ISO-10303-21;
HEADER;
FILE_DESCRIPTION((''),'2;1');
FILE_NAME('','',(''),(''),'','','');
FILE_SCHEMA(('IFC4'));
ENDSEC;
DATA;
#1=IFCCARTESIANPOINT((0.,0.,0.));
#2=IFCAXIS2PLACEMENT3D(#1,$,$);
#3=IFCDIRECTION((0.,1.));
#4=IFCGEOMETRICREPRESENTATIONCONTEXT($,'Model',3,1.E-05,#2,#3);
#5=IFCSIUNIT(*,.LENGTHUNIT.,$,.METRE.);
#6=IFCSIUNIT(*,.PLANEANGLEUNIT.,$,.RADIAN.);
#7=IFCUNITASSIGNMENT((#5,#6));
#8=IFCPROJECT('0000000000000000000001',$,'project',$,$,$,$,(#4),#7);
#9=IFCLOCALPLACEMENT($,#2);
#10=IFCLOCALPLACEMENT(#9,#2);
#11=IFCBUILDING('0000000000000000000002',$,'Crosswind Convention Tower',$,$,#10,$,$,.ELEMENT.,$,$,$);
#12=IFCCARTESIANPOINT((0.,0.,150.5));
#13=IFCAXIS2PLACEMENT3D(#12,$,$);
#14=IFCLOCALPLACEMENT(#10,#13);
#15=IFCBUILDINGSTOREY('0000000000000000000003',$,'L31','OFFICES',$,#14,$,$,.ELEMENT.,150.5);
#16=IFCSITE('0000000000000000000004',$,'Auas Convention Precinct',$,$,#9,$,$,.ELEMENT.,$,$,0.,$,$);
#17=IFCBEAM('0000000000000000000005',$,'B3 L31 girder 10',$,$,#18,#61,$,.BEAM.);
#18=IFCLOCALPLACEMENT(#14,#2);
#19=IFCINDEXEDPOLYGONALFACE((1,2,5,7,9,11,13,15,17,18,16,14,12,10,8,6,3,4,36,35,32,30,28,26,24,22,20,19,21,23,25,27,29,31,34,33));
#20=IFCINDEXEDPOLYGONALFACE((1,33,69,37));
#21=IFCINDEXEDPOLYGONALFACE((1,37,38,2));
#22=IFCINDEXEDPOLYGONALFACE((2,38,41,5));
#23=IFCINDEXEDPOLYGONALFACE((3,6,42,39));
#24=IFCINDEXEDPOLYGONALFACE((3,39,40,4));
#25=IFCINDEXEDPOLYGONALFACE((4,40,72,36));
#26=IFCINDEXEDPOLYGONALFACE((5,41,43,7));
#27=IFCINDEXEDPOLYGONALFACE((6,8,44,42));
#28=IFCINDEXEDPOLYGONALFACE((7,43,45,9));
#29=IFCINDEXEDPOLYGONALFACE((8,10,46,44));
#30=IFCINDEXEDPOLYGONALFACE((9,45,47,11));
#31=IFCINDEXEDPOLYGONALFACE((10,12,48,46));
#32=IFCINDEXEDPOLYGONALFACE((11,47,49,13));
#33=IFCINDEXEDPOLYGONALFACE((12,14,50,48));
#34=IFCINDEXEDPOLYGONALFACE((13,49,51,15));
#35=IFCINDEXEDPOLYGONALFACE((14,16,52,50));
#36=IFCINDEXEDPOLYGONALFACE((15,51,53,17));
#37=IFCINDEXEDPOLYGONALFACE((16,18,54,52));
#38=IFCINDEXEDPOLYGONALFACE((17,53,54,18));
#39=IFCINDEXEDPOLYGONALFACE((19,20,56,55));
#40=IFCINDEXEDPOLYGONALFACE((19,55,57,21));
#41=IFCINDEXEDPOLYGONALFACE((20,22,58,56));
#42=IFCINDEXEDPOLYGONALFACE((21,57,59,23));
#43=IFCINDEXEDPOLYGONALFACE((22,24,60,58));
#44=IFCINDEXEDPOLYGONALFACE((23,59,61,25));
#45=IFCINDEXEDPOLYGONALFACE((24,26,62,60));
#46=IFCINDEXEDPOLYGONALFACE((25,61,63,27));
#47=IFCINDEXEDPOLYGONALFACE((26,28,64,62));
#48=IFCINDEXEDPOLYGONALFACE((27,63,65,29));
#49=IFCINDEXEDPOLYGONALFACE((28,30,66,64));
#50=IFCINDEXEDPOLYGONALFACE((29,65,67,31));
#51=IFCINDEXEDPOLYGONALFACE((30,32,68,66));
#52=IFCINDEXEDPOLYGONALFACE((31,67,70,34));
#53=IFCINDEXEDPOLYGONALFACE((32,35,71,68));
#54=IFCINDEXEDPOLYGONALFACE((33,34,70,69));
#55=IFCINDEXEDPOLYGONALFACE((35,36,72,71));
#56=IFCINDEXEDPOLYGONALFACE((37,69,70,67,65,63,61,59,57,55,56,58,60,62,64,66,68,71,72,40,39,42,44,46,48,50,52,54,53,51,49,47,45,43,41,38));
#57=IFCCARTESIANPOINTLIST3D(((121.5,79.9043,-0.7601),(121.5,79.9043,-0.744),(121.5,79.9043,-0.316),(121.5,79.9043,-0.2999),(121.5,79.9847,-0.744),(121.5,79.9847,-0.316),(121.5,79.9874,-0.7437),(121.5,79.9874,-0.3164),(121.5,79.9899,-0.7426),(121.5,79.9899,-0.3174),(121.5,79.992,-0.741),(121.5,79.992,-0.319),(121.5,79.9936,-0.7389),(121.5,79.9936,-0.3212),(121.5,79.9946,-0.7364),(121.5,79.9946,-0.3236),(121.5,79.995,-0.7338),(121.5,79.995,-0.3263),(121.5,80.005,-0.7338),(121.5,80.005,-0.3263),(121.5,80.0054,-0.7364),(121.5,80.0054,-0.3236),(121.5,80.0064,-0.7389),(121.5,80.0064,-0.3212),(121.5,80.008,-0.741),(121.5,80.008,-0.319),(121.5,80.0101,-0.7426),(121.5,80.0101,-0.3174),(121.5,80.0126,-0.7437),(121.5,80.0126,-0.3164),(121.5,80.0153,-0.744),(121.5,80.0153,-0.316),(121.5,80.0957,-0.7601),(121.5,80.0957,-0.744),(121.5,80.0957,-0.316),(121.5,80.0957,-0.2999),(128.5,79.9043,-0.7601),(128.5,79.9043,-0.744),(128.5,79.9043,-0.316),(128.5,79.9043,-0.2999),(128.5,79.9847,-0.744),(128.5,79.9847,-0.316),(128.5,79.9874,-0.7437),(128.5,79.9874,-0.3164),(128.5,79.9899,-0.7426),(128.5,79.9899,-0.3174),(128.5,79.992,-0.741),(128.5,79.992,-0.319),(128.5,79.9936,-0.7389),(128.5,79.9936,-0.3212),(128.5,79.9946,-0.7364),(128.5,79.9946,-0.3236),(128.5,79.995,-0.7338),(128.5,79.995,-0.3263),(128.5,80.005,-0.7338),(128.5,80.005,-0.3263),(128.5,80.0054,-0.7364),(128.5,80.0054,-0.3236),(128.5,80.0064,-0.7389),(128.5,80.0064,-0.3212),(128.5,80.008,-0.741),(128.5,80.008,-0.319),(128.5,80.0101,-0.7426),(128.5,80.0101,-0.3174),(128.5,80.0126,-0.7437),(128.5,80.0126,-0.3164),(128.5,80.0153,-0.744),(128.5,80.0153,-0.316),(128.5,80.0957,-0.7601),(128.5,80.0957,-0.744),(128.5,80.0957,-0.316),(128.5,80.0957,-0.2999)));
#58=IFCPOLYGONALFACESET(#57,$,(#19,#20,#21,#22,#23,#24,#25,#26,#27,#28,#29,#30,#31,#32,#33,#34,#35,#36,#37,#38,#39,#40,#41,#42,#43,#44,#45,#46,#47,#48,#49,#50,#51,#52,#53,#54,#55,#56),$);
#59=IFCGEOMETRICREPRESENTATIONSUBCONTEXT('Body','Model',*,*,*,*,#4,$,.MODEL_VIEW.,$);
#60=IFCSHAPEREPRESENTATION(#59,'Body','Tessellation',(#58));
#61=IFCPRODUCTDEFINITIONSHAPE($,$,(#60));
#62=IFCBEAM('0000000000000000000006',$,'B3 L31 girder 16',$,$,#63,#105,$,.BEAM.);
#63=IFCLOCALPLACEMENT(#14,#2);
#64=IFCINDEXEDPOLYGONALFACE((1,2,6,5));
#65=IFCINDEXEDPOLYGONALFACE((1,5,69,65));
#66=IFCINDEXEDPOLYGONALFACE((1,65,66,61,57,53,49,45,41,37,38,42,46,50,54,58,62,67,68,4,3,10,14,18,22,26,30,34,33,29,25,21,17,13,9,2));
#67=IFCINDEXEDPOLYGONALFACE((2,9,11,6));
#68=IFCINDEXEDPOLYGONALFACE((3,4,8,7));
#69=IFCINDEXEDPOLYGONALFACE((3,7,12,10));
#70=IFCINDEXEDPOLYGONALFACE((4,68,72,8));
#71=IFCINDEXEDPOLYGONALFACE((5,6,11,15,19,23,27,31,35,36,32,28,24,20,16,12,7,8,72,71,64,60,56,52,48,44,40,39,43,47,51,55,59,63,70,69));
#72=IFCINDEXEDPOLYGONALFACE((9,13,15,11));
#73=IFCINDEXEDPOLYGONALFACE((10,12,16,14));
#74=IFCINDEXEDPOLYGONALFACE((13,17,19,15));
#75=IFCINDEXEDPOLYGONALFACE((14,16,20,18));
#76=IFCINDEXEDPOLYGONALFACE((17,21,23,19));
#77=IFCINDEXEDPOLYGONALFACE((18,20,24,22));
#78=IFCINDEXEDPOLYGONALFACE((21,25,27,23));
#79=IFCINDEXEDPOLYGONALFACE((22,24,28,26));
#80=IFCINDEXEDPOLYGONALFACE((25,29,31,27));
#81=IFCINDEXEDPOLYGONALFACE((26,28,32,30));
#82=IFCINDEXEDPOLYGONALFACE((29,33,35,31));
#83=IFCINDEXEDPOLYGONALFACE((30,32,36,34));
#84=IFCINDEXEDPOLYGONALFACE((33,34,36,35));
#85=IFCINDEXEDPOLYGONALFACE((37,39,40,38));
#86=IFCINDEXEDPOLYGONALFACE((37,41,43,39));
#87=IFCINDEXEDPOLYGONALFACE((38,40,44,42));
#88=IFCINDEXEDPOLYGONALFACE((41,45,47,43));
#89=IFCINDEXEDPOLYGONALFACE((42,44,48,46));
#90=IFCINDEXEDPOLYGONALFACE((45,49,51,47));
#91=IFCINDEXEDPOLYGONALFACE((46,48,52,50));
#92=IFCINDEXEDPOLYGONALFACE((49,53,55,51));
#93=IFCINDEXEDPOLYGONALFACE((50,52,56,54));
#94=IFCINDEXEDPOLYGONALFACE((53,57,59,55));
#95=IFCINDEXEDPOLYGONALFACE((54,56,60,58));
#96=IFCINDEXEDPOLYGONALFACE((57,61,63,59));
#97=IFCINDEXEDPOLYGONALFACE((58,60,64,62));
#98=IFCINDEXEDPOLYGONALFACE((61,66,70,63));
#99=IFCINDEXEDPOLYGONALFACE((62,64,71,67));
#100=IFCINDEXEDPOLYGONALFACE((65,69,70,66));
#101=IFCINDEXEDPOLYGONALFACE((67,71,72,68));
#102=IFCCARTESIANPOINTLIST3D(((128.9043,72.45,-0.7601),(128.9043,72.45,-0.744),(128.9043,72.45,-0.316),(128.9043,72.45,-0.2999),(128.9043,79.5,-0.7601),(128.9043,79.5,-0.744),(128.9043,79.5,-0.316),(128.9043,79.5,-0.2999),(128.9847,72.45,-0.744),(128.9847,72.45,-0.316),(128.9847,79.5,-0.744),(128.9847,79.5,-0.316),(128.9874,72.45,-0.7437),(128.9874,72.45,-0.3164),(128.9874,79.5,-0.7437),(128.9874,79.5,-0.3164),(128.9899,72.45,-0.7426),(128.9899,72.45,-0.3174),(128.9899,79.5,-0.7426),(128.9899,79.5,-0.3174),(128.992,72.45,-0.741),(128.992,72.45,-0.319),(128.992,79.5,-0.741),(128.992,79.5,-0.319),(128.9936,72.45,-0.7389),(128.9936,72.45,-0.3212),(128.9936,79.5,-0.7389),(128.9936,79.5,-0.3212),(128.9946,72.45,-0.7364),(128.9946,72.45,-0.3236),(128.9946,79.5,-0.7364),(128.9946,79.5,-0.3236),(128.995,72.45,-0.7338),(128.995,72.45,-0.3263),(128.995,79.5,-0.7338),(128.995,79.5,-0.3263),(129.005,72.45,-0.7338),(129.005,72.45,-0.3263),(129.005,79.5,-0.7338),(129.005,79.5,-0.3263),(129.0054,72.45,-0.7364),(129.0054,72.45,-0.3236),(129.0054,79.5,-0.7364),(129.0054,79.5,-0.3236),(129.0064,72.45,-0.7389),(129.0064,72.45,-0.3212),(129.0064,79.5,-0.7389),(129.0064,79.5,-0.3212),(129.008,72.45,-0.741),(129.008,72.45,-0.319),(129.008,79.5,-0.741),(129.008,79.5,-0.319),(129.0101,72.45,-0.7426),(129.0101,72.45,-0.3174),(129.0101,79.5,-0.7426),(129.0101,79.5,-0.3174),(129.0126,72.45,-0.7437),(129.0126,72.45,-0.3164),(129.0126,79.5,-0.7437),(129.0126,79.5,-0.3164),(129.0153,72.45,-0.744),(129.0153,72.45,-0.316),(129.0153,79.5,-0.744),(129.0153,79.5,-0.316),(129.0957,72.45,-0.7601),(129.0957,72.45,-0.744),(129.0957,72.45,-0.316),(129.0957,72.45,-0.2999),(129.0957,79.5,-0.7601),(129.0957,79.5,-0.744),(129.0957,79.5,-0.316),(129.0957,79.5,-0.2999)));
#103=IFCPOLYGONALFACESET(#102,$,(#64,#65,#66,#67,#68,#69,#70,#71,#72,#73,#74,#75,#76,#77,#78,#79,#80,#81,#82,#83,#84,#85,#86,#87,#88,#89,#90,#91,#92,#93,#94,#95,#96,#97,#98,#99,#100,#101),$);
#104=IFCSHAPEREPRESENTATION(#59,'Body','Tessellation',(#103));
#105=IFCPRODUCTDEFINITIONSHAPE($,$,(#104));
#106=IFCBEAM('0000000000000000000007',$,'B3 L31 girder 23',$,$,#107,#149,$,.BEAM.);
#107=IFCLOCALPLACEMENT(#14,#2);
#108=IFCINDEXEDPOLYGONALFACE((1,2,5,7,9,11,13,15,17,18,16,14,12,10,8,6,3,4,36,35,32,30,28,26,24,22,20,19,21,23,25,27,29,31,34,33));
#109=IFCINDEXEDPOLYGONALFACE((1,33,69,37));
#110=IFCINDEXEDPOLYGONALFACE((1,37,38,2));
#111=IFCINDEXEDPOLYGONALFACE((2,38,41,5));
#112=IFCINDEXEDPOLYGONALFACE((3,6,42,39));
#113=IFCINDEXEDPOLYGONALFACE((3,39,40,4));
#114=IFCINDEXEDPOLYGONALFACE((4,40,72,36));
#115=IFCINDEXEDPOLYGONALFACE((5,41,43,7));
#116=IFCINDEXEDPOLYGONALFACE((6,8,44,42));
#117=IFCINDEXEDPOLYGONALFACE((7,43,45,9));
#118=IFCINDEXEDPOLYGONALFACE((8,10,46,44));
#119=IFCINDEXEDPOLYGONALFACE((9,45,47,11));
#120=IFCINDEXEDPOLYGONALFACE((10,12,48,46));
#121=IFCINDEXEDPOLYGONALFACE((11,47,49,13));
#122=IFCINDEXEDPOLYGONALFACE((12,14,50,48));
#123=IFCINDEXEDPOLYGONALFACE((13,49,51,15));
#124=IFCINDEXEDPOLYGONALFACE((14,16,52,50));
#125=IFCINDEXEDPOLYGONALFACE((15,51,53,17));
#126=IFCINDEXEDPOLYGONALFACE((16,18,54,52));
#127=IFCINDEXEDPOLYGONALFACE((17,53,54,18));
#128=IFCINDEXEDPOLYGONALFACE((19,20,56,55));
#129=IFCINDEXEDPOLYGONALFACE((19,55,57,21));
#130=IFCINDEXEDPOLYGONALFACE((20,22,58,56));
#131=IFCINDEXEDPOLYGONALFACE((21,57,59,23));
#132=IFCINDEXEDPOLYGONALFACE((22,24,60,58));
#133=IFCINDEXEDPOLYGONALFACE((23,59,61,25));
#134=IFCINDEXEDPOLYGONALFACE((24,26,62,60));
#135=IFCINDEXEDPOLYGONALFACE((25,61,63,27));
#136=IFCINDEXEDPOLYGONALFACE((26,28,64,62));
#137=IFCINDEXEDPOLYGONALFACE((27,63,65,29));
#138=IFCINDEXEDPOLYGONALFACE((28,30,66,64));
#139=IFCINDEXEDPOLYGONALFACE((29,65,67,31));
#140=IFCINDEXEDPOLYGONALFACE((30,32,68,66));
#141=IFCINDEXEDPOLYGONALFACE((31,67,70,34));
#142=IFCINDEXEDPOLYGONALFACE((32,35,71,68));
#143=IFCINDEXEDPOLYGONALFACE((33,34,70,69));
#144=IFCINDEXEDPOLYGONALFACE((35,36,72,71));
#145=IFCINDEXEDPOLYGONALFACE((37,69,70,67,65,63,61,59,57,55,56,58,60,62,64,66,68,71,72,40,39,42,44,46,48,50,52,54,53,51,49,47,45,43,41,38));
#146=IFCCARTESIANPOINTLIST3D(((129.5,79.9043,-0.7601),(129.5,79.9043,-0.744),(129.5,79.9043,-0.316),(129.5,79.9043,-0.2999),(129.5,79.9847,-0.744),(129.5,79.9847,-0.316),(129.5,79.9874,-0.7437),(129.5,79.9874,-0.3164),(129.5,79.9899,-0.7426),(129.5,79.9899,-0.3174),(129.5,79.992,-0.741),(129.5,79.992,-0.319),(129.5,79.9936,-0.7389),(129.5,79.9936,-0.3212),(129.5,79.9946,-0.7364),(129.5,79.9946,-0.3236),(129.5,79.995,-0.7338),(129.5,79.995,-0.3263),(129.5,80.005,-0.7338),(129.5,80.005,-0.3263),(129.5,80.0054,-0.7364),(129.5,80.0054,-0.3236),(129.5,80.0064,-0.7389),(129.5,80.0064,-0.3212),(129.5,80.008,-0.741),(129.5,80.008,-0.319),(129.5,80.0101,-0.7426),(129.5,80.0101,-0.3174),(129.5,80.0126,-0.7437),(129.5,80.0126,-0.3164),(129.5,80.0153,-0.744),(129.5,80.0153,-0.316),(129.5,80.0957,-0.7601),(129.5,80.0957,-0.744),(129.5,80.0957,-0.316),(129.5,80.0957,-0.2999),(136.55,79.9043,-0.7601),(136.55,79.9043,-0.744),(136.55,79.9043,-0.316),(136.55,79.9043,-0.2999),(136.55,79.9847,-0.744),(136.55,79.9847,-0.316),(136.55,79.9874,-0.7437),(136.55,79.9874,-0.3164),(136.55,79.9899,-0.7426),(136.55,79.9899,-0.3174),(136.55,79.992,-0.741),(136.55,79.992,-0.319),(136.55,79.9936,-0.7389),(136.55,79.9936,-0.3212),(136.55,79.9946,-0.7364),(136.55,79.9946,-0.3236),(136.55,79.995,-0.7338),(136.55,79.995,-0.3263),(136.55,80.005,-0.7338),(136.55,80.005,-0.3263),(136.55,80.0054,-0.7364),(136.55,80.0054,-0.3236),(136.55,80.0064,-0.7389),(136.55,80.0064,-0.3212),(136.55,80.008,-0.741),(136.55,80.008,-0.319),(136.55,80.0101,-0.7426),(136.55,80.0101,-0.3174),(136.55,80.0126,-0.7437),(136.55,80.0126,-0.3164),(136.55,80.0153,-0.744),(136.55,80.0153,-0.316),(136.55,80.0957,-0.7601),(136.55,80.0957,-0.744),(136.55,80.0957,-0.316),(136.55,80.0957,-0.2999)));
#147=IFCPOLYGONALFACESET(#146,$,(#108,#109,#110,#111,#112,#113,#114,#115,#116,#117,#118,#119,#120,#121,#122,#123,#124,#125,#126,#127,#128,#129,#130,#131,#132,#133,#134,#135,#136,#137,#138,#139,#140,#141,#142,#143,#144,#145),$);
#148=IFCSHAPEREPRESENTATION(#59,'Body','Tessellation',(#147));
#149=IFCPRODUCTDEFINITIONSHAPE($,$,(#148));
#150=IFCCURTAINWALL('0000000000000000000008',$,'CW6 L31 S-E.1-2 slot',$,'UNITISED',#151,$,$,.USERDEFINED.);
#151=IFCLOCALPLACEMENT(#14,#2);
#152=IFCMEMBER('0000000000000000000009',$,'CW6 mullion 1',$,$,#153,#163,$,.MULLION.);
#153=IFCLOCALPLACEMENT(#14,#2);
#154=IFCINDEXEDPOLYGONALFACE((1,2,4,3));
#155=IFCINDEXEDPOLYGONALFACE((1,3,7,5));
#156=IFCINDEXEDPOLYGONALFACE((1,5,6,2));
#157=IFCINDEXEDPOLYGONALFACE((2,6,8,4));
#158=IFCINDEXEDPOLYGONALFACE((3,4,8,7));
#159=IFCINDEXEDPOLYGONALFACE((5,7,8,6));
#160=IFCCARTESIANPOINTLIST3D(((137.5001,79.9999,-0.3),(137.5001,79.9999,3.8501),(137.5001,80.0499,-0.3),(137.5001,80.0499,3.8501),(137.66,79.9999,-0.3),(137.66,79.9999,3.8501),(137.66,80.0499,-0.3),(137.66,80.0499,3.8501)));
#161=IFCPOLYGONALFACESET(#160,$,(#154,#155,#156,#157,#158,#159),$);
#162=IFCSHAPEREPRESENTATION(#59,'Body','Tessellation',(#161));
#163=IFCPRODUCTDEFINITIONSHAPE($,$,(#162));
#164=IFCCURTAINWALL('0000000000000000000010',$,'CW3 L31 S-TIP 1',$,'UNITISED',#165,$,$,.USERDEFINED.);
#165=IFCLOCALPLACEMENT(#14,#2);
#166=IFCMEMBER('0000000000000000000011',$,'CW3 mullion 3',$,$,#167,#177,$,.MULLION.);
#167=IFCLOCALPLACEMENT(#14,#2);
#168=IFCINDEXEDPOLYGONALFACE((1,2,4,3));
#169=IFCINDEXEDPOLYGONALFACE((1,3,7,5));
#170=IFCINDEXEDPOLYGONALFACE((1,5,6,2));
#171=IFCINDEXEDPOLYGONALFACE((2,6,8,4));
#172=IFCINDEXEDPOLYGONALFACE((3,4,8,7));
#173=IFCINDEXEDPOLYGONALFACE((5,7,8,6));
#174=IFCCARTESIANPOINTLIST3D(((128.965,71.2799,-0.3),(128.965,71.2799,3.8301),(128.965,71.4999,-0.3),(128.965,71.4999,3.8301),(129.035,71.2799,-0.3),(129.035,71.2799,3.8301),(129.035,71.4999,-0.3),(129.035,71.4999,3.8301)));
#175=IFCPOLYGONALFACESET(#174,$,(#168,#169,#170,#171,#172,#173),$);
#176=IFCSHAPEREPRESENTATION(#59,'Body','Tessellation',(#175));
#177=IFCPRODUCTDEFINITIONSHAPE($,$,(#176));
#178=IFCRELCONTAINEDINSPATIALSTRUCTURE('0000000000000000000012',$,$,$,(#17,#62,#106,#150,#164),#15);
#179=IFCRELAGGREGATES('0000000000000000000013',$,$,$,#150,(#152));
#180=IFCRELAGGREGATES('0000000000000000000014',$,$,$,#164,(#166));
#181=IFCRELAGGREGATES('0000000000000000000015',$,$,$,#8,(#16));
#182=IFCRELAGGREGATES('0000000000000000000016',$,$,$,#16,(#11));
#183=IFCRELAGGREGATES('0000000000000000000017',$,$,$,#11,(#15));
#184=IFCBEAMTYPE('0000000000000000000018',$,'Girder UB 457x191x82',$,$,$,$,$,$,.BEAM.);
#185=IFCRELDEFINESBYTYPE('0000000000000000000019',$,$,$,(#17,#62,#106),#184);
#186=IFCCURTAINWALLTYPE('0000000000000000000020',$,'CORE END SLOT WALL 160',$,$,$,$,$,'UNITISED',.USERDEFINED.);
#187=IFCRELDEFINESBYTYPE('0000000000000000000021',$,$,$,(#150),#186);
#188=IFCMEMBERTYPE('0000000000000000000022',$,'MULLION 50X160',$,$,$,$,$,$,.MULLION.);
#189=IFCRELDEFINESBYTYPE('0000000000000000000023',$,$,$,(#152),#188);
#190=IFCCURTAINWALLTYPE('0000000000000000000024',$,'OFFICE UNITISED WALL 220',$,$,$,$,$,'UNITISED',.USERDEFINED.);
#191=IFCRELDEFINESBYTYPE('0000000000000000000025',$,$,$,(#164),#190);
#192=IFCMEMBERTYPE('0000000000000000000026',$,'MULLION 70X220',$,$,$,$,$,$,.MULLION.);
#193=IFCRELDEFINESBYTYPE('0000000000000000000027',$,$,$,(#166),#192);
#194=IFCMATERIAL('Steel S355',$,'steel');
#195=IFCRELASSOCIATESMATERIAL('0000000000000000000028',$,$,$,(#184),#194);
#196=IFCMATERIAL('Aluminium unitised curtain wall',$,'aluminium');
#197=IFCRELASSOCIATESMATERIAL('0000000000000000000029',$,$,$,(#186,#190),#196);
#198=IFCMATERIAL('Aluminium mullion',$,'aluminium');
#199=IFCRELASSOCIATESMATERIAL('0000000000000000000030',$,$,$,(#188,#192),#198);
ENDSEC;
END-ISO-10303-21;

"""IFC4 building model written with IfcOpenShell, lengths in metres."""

from ifc_helpers import new_model, si_unit, direction, frame, origin, origin_2d, place, context, subcontext, project, spatial, rectangle, i_section, extrude, material, material_profile, profile_set, type_object, element, aggregate, save


model = new_model("IFC4")

# Units and contexts
model_context = context("Model", 3, precision=1e-05, world=origin(), true_north=direction((0.0, 1.0)))
body_context = subcontext(model_context, "Body", "Model", "MODEL_VIEW")
ifc_project = project(units=[si_unit("LENGTHUNIT", "METRE"), si_unit("PLANEANGLEUNIT", "RADIAN")], contexts=[model_context])

# Site, building, storey
site_placement = place(None, origin())
site = spatial("IfcSite", under=ifc_project, at=site_placement, Name="Auas Convention Precinct", CompositionType="ELEMENT", RefElevation=0.0)
building_placement = place(site_placement, origin())
building = spatial("IfcBuilding", under=site, at=building_placement, Name="Crosswind Convention Tower", CompositionType="ELEMENT")
storey_placement = place(building_placement, frame((0.0, 0.0, 150.5)))
storey = spatial("IfcBuildingStorey", under=building, at=storey_placement, Name="L31", Description="OFFICES", CompositionType="ELEMENT", Elevation=150.5)

# Beams
ifc_material_1 = material(Name="Steel S355", Category="steel")
ifc_material_profile_1 = material_profile(ifc_material_1, i_section(OverallWidth=0.1914, OverallDepth=0.4602, WebThickness=0.01, FlangeThickness=0.0161, FilletRadius=0.0103, at=origin_2d()), Name="UB 457x191x82")
ifc_profile_set_1 = profile_set([ifc_material_profile_1], Name="Steel S355")
beam_type_1 = type_object("IfcBeamType", Name="Girder UB 457x191x82", PredefinedType="BEAM", material=ifc_profile_set_1)
beam_1_placement = place(storey_placement, frame((121.5, 80.0, -0.53), z_axis=(1.0, 0.0, 0.0), x_axis=(0.0, 1.0, 0.0)))
element("IfcBeam", 1, at=beam_1_placement, inside=storey, type_object=beam_type_1, Name="B3 L31 girder 10", PredefinedType="BEAM", context=body_context, shape_type="SweptSolid", body=[
    extrude(i_section(OverallWidth=0.1914, OverallDepth=0.4602, WebThickness=0.01, FlangeThickness=0.0161, FilletRadius=0.0103, at=origin_2d()), origin(), (0.0, 0.0, 1.0), 7.0),
])
for number, where, z_axis, x_axis, name in (
    (2, (129.0, 72.45, -0.53), (0.0, 1.0, 0.0), (-1.0, 0.0, 0.0), "B3 L31 girder 16"),
    (3, (129.5, 80.0, -0.53), (1.0, 0.0, 0.0), (0.0, 1.0, 0.0), "B3 L31 girder 23"),
):
    element("IfcBeam", number, at=place(storey_placement, frame(where, z_axis=z_axis, x_axis=x_axis)), inside=storey, type_object=beam_type_1, Name=name, PredefinedType="BEAM", context=body_context, shape_type="SweptSolid", body=[
        extrude(i_section(OverallWidth=0.1914, OverallDepth=0.4602, WebThickness=0.01, FlangeThickness=0.0161, FilletRadius=0.0103, at=origin_2d()), origin(), (0.0, 0.0, 1.0), 7.05),
    ])

# Curtain walls, members
ifc_material_2 = material(Name="Aluminium unitised curtain wall", Category="aluminium")
curtain_wall_type_1 = type_object("IfcCurtainWallType", Name="CORE END SLOT WALL 160", ElementType="UNITISED", PredefinedType="USERDEFINED", material=ifc_material_2)
curtain_wall_1_placement = place(storey_placement, origin())
curtain_wall_1 = element("IfcCurtainWall", 4, at=curtain_wall_1_placement, inside=storey, type_object=curtain_wall_type_1, Name="CW6 L31 S-E.1-2 slot", ObjectType="UNITISED", PredefinedType="USERDEFINED")
ifc_material_3 = material(Name="Aluminium mullion", Category="aluminium")
ifc_material_profile_2 = material_profile(ifc_material_3, rectangle(XDim=0.1599, YDim=0.05, at=origin_2d()), Name="AL 160X50")
ifc_profile_set_2 = profile_set([ifc_material_profile_2], Name="Aluminium mullion")
member_type_1 = type_object("IfcMemberType", Name="MULLION 50X160", PredefinedType="MULLION", material=ifc_profile_set_2)
member_1_placement = place(storey_placement, frame((137.5801, 80.0249, -0.3), z_axis=(0.0, 0.0, 1.0), x_axis=(1.0, 0.0, 0.0)))
member_1 = element("IfcMember", 5, at=member_1_placement, type_object=member_type_1, Name="CW6 mullion 1", PredefinedType="MULLION", context=body_context, shape_type="SweptSolid", body=[
    extrude(rectangle(XDim=0.1599, YDim=0.05, at=origin_2d()), origin(), (0.0, 0.0, 1.0), 4.1501),
])
curtain_wall_type_2 = type_object("IfcCurtainWallType", Name="OFFICE UNITISED WALL 220", ElementType="UNITISED", PredefinedType="USERDEFINED", material=ifc_material_2)
curtain_wall_2_placement = place(storey_placement, origin())
curtain_wall_2 = element("IfcCurtainWall", 6, at=curtain_wall_2_placement, inside=storey, type_object=curtain_wall_type_2, Name="CW3 L31 S-TIP 1", ObjectType="UNITISED", PredefinedType="USERDEFINED")
ifc_material_profile_3 = material_profile(ifc_material_3, rectangle(XDim=0.22, YDim=0.0701, at=origin_2d()), Name="AL 220X70")
ifc_profile_set_3 = profile_set([ifc_material_profile_3], Name="Aluminium mullion")
member_type_2 = type_object("IfcMemberType", Name="MULLION 70X220", PredefinedType="MULLION", material=ifc_profile_set_3)
member_2_placement = place(storey_placement, frame((129.0, 71.3899, -0.3), z_axis=(0.0, 0.0, 1.0), x_axis=(0.0, -1.0, 0.0)))
member_2 = element("IfcMember", 7, at=member_2_placement, type_object=member_type_2, Name="CW3 mullion 3", PredefinedType="MULLION", context=body_context, shape_type="SweptSolid", body=[
    extrude(rectangle(XDim=0.22, YDim=0.0701, at=origin_2d()), origin(), (0.0, 0.0, 1.0), 4.1301),
])

aggregate(curtain_wall_1, [member_1])

aggregate(curtain_wall_2, [member_2])

save(model, "model.ifc")
